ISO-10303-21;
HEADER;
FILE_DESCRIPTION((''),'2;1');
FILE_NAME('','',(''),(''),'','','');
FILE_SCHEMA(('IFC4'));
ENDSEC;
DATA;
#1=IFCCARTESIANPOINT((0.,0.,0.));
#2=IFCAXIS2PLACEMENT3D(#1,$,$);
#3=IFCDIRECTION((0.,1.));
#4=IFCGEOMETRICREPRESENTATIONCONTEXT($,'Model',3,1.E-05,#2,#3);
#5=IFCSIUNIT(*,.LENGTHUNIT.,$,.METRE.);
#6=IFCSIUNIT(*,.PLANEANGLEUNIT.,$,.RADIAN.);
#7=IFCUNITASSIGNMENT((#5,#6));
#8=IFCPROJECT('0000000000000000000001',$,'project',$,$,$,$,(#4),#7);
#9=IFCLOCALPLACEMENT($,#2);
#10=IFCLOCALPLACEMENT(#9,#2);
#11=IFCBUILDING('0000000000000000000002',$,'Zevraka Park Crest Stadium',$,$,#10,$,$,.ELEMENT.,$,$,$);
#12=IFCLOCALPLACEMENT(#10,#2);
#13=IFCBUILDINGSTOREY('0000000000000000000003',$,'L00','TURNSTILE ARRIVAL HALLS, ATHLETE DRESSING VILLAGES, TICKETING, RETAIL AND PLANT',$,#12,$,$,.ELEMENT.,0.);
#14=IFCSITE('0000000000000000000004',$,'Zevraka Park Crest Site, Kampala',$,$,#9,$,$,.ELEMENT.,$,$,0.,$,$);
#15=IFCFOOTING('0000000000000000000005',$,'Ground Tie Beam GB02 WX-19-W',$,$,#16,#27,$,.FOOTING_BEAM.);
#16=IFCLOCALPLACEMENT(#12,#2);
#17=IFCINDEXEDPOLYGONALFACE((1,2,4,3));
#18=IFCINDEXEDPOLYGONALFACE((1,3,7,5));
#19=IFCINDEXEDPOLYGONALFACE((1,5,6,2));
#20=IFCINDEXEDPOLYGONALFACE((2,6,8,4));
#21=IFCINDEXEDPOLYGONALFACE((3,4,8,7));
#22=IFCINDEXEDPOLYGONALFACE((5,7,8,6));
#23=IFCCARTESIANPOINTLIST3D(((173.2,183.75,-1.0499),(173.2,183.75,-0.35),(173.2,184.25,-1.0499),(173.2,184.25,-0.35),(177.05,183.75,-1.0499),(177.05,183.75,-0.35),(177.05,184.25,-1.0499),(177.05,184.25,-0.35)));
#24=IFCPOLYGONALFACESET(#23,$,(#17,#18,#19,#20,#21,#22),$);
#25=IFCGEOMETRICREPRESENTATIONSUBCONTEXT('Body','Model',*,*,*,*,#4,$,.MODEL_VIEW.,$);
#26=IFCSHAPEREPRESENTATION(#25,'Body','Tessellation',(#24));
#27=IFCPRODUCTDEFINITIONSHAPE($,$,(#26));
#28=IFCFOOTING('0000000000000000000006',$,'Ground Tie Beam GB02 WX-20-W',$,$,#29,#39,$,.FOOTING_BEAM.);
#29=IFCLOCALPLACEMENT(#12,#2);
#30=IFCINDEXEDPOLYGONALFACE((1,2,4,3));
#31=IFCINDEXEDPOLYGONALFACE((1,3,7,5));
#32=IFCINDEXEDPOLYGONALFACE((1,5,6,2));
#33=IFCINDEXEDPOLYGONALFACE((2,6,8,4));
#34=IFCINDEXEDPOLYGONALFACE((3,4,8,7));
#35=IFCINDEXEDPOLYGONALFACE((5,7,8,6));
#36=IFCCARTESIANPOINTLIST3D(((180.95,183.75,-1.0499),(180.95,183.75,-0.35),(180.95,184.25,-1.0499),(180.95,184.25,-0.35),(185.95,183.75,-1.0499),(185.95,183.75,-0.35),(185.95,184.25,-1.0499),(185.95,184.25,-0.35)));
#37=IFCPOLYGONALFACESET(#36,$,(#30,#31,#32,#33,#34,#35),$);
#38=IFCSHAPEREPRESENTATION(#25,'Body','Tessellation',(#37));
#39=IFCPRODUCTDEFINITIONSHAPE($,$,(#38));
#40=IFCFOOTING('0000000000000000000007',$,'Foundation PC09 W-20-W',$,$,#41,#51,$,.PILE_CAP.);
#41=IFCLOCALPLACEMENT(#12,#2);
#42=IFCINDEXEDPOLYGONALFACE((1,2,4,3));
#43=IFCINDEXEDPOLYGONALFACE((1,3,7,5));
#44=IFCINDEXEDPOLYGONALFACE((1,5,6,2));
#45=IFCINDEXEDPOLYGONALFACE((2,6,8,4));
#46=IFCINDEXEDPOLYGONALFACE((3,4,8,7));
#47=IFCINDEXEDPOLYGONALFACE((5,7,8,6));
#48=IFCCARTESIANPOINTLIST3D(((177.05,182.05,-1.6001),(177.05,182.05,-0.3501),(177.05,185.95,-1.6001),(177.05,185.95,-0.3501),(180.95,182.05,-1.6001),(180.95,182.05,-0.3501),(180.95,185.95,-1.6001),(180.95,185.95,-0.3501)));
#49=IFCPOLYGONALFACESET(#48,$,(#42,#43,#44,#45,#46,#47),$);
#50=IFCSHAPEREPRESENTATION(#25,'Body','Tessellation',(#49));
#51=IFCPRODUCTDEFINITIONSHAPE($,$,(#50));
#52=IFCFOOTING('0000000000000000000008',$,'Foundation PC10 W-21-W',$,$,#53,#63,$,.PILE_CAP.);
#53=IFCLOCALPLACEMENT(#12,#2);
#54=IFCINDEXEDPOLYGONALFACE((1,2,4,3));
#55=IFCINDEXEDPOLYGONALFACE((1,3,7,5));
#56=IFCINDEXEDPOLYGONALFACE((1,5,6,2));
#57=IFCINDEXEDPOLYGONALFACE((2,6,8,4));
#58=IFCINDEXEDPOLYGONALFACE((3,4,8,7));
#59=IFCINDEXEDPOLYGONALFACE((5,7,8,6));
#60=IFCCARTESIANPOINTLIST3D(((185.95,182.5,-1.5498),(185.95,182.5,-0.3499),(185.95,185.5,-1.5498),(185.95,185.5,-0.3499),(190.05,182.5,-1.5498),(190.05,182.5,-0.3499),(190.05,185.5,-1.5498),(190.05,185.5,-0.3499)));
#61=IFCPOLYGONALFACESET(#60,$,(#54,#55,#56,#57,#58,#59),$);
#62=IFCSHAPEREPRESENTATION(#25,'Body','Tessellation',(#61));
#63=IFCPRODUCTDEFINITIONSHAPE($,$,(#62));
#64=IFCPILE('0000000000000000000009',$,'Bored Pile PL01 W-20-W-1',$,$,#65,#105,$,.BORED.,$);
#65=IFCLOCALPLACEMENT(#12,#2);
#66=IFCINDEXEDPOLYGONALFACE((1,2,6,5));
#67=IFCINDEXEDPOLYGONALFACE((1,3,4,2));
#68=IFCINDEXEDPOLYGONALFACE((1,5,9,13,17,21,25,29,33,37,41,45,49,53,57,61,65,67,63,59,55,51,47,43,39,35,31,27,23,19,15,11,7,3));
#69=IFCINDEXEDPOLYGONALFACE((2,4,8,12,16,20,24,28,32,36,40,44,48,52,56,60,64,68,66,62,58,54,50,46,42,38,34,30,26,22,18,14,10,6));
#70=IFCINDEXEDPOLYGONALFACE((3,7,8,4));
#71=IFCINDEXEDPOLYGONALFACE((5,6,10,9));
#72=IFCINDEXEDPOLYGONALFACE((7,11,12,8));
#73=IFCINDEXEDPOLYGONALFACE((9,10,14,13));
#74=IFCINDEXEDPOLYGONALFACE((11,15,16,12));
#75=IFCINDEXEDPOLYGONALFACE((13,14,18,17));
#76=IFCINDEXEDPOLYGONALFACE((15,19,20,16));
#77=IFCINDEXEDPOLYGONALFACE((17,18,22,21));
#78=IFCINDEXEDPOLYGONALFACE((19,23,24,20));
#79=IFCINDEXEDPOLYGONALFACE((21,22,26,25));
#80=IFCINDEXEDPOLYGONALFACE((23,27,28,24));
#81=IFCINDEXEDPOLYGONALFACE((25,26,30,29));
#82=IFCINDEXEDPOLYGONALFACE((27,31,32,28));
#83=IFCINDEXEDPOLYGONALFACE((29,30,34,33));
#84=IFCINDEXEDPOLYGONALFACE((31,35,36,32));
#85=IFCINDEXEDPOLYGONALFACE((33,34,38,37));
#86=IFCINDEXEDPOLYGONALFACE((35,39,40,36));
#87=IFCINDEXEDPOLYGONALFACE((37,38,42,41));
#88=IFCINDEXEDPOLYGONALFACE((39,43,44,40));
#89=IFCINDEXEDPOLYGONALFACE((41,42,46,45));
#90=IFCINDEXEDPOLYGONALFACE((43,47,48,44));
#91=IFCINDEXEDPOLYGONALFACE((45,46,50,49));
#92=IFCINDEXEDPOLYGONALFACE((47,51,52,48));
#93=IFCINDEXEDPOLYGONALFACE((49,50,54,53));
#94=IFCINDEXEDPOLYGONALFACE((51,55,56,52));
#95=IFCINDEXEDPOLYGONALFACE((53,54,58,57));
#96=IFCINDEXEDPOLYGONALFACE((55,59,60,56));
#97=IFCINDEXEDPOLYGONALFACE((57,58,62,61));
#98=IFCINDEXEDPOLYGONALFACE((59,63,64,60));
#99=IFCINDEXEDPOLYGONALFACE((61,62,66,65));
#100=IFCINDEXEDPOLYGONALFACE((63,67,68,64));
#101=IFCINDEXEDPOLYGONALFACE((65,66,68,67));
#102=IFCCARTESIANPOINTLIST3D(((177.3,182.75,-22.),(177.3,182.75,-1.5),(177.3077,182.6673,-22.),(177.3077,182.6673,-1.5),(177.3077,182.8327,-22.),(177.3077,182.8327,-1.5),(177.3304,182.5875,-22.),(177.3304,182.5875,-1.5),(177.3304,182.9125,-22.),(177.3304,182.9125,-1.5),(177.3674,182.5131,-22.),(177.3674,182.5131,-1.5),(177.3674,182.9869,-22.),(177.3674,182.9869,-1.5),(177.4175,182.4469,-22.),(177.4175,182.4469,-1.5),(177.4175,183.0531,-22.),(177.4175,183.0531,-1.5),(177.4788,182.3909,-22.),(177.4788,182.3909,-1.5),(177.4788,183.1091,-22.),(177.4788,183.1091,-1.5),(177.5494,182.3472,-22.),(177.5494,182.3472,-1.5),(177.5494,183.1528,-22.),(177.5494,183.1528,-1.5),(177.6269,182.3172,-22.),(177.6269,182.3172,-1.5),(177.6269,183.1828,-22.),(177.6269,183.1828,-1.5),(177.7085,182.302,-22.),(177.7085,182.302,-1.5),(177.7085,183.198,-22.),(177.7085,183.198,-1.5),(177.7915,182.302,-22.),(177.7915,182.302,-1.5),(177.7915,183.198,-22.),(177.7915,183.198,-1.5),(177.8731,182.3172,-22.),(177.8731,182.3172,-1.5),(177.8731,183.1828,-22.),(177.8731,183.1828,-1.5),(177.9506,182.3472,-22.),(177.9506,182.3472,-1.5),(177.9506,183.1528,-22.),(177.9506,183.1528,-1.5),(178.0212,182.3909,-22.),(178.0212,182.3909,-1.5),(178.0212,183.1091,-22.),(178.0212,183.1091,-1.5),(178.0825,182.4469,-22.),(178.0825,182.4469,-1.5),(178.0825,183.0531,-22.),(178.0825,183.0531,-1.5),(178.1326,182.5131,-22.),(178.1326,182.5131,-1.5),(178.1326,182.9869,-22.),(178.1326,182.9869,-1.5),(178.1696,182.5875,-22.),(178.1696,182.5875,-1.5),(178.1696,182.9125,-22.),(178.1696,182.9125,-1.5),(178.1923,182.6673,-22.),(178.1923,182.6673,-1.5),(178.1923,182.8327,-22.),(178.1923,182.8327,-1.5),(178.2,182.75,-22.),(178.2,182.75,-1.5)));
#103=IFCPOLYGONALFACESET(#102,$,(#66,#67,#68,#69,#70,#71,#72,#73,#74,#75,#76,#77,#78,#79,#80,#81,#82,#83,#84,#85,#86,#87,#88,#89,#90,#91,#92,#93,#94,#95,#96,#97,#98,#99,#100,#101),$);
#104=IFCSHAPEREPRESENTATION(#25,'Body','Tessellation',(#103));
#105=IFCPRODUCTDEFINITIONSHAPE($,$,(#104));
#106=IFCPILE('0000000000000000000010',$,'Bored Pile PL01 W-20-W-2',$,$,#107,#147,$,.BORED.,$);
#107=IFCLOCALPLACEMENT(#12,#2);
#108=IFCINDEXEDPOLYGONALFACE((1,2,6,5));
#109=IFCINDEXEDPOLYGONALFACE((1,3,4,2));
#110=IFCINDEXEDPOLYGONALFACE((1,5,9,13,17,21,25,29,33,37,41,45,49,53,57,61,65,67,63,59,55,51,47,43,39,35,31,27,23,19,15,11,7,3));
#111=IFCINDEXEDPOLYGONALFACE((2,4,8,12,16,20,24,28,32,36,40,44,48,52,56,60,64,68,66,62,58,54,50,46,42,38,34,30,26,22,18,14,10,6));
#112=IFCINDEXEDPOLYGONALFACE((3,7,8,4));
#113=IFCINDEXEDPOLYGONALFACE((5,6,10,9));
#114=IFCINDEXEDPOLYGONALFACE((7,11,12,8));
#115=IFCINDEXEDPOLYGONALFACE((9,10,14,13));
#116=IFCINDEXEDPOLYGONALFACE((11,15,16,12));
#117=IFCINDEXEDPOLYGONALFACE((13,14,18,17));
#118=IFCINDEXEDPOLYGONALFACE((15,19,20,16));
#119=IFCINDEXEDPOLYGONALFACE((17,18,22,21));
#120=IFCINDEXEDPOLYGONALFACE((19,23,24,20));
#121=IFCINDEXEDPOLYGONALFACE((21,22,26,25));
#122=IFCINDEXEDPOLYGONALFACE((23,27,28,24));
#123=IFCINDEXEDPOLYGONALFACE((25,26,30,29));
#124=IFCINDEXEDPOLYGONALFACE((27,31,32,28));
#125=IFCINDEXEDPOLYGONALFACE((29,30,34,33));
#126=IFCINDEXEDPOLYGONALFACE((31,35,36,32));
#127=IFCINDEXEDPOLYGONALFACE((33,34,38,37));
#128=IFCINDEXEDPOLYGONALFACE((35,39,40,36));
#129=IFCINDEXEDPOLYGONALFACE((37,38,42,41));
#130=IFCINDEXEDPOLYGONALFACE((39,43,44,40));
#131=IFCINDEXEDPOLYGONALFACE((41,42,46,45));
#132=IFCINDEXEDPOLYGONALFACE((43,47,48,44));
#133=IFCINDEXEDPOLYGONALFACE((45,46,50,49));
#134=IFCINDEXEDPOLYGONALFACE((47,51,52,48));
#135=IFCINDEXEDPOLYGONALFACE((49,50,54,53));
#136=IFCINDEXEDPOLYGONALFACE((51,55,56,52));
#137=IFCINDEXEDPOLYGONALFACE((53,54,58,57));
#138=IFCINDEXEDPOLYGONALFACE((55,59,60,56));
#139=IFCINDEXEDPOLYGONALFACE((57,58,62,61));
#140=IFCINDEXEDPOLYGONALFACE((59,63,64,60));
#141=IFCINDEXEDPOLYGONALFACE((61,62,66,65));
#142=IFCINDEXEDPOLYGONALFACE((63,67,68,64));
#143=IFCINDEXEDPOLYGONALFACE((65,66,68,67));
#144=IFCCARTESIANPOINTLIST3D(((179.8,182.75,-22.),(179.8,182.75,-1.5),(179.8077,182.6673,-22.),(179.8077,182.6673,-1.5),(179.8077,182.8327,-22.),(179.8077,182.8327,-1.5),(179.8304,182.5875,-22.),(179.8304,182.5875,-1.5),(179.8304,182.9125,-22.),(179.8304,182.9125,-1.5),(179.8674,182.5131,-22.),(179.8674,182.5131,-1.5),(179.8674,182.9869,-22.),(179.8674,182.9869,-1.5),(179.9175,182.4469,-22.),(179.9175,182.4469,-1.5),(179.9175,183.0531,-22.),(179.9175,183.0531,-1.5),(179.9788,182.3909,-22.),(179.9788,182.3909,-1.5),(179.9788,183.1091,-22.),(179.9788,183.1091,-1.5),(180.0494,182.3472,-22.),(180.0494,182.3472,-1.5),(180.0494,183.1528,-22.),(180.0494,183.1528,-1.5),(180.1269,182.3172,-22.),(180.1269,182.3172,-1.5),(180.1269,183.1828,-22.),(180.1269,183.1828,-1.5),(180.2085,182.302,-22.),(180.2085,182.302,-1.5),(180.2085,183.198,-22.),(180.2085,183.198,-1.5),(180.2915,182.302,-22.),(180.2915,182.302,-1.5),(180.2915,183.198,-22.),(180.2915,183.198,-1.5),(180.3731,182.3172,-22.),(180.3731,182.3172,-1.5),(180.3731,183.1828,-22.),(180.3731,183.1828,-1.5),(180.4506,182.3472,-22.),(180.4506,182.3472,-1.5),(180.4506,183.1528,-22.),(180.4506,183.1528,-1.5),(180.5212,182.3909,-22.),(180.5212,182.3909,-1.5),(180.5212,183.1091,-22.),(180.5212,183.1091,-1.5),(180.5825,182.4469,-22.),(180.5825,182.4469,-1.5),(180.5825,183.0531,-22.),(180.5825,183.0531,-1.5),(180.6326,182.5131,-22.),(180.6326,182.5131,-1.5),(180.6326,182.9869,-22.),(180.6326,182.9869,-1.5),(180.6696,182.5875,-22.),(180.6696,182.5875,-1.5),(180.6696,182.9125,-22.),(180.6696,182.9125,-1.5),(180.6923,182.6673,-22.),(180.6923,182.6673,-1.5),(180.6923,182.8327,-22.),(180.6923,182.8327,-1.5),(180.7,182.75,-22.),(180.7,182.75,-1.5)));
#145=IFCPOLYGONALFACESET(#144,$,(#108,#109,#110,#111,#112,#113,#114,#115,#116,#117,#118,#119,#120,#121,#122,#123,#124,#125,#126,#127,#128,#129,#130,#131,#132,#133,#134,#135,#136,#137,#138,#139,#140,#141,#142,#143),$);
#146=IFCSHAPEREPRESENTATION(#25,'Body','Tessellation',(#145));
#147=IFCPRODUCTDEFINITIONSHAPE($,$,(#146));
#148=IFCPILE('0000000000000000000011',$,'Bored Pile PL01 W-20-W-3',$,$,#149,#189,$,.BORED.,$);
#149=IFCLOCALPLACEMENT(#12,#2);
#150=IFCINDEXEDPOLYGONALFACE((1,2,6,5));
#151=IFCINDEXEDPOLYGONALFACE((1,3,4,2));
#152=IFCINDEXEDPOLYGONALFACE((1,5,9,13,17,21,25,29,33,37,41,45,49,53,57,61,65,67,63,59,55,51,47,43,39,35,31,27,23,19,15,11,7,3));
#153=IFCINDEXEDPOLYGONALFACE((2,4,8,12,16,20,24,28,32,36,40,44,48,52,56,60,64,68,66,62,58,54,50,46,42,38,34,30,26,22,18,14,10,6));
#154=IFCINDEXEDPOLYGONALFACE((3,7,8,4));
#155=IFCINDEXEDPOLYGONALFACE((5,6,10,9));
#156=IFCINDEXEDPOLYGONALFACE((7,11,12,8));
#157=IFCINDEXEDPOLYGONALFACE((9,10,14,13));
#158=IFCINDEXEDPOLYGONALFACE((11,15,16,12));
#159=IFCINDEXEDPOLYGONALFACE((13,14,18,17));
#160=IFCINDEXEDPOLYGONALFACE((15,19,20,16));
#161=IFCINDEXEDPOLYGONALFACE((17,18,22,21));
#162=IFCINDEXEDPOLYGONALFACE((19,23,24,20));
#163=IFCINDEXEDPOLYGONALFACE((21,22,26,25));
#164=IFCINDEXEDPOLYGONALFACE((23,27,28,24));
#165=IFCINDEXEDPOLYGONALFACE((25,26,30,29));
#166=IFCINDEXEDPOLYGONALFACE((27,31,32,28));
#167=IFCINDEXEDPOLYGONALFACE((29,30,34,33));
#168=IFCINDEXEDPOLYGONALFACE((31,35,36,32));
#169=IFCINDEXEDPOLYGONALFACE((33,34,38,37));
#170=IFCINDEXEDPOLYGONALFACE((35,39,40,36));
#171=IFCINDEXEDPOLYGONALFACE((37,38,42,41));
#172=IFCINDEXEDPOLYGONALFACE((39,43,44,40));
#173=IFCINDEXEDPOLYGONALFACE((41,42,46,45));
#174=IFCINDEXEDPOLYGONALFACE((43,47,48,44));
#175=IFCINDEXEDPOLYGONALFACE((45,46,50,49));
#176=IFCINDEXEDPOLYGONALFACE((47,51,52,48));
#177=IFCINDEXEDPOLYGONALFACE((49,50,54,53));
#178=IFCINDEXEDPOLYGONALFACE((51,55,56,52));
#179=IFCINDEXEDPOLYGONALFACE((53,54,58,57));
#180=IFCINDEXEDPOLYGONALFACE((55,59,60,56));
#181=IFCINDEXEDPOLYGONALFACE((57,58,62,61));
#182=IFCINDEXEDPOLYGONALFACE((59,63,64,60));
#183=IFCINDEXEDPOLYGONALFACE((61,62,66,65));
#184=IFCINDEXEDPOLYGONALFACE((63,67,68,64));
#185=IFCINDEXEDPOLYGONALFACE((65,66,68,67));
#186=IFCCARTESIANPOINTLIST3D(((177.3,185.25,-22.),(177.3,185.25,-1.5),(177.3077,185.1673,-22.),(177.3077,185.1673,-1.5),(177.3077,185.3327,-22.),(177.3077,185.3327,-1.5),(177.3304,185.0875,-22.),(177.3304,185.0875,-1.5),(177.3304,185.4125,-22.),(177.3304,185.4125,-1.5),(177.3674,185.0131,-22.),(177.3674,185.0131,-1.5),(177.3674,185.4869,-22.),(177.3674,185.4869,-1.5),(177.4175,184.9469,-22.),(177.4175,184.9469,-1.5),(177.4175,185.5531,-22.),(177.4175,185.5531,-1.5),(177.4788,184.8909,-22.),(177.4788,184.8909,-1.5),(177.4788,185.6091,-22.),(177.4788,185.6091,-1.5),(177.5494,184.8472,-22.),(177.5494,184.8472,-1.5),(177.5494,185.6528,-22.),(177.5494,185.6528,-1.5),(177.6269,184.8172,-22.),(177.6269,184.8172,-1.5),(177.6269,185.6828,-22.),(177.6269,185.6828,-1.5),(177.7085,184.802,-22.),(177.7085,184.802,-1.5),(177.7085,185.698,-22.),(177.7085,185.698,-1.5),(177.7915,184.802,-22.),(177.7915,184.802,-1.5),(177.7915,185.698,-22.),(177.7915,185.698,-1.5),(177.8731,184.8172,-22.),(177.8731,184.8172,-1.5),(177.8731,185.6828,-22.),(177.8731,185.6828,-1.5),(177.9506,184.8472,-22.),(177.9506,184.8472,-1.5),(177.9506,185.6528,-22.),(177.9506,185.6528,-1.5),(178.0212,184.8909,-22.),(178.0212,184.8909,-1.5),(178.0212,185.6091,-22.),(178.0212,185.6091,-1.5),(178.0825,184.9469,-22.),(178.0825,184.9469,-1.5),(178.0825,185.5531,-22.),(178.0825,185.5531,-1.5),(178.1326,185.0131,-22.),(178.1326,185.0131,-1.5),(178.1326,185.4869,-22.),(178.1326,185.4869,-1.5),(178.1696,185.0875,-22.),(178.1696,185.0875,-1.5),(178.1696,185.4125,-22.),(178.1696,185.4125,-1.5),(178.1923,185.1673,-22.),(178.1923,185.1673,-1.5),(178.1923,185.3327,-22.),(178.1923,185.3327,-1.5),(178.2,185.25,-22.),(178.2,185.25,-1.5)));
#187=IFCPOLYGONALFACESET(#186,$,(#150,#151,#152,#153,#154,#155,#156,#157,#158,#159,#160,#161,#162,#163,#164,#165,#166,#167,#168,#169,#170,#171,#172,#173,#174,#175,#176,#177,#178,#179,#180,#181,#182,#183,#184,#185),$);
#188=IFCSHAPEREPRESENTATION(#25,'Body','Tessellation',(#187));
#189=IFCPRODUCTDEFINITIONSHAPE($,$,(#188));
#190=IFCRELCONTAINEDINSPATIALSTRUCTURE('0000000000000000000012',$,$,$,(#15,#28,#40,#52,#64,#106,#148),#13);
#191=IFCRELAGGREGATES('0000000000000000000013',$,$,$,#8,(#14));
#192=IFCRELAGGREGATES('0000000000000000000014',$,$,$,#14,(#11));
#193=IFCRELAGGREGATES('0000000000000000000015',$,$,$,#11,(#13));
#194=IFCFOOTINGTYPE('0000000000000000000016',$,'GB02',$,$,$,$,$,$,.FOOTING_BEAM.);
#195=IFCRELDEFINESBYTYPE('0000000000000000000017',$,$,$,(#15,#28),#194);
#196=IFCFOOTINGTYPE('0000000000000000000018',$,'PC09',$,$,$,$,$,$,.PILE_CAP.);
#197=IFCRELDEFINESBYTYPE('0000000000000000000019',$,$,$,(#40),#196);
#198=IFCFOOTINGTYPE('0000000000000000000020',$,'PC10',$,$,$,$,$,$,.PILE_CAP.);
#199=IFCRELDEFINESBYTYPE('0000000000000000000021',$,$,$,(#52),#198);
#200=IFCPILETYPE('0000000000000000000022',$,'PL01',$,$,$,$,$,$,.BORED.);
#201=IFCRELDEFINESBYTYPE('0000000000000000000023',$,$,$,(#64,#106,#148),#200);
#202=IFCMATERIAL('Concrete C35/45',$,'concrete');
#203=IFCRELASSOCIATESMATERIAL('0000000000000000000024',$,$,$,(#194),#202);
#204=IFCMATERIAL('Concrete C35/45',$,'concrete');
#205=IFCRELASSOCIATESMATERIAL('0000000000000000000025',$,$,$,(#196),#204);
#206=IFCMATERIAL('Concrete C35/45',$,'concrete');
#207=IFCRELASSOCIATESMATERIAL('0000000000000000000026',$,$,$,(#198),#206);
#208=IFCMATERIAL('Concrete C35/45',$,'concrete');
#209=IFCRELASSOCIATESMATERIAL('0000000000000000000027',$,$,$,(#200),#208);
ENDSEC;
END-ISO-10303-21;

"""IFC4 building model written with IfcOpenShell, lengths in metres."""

from ifc_helpers import new_model, si_unit, direction, frame, origin, origin_2d, place, context, subcontext, project, spatial, rectangle, circle, extrude, material, material_profile, profile_set, type_object, element, save


model = new_model("IFC4")

# Units and contexts
model_context = context("Model", 3, precision=1e-05, world=origin(), true_north=direction((0.0, 1.0)))
body_context = subcontext(model_context, "Body", "Model", "MODEL_VIEW")
ifc_project = project(units=[si_unit("LENGTHUNIT", "METRE"), si_unit("PLANEANGLEUNIT", "RADIAN")], contexts=[model_context])

# Site, building, storey
site_placement = place(None, origin())
site = spatial("IfcSite", under=ifc_project, at=site_placement, Name="Zevraka Park Crest Site, Kampala", CompositionType="ELEMENT", RefElevation=0.0)
building_placement = place(site_placement, origin())
building = spatial("IfcBuilding", under=site, at=building_placement, Name="Zevraka Park Crest Stadium", CompositionType="ELEMENT")
storey_placement = place(building_placement, origin())
storey = spatial("IfcBuildingStorey", under=building, at=storey_placement, Name="L00", Description="TURNSTILE ARRIVAL HALLS, ATHLETE DRESSING VILLAGES, TICKETING, RETAIL AND PLANT", CompositionType="ELEMENT", Elevation=0.0)

# Footings
ifc_material_1 = material(Name="Concrete C35/45", Category="concrete")
ifc_material_profile_1 = material_profile(ifc_material_1, rectangle(XDim=0.5, YDim=0.7, at=origin_2d()), Name="GB 700x500")
ifc_profile_set_1 = profile_set([ifc_material_profile_1], Name="Concrete C35/45")
footing_type_1 = type_object("IfcFootingType", Name="GB02", PredefinedType="FOOTING_BEAM", material=ifc_profile_set_1)
footing_1_placement = place(storey_placement, frame((173.2, 184.0, -0.7), z_axis=(1.0, 0.0, 0.0), x_axis=(0.0, 1.0, 0.0)))
element("IfcFooting", 1, at=footing_1_placement, inside=storey, type_object=footing_type_1, Name="Ground Tie Beam GB02 WX-19-W", PredefinedType="FOOTING_BEAM", context=body_context, shape_type="SweptSolid", body=[
    extrude(rectangle(XDim=0.5, YDim=0.7, at=origin_2d()), origin(), (0.0, 0.0, 1.0), 3.8501),
])
footing_2_placement = place(storey_placement, frame((180.95, 184.0, -0.7), z_axis=(1.0, 0.0, 0.0), x_axis=(0.0, 1.0, 0.0)))
element("IfcFooting", 2, at=footing_2_placement, inside=storey, type_object=footing_type_1, Name="Ground Tie Beam GB02 WX-20-W", PredefinedType="FOOTING_BEAM", context=body_context, shape_type="SweptSolid", body=[
    extrude(rectangle(XDim=0.5, YDim=0.7, at=origin_2d()), origin(), (0.0, 0.0, 1.0), 5.0),
])
ifc_material_2 = material(Name="Concrete C35/45", Category="concrete")
footing_type_2 = type_object("IfcFootingType", Name="PC09", PredefinedType="PILE_CAP", material=ifc_material_2)
footing_3_placement = place(storey_placement, frame((179.0, 184.0, -1.6001), z_axis=(0.0, 0.0, 1.0), x_axis=(1.0, 0.0, 0.0)))
element("IfcFooting", 3, at=footing_3_placement, inside=storey, type_object=footing_type_2, Name="Foundation PC09 W-20-W", PredefinedType="PILE_CAP", context=body_context, shape_type="SweptSolid", body=[
    extrude(rectangle(XDim=3.8999, YDim=3.8999, at=origin_2d()), origin(), (0.0, 0.0, 1.0), 1.25),
])
ifc_material_3 = material(Name="Concrete C35/45", Category="concrete")
footing_type_3 = type_object("IfcFootingType", Name="PC10", PredefinedType="PILE_CAP", material=ifc_material_3)
footing_4_placement = place(storey_placement, frame((188.0, 184.0, -1.5498), z_axis=(0.0, 0.0, 1.0), x_axis=(1.0, 0.0, 0.0)))
element("IfcFooting", 4, at=footing_4_placement, inside=storey, type_object=footing_type_3, Name="Foundation PC10 W-21-W", PredefinedType="PILE_CAP", context=body_context, shape_type="SweptSolid", body=[
    extrude(rectangle(XDim=4.1001, YDim=3.0, at=origin_2d()), origin(), (0.0, 0.0, 1.0), 1.2),
])

# Piles
ifc_material_4 = material(Name="Concrete C35/45", Category="concrete")
ifc_material_profile_2 = material_profile(ifc_material_4, circle(Radius=0.45, at=origin_2d()), Name="PILE D900")
ifc_profile_set_2 = profile_set([ifc_material_profile_2], Name="Concrete C35/45")
pile_type_1 = type_object("IfcPileType", Name="PL01", PredefinedType="BORED", material=ifc_profile_set_2)
for number, where, z_axis, x_axis, name in (
    (5, (177.75, 182.75, -1.5), (0.0, 0.0, -1.0), (1.0, 0.0, 0.0), "Bored Pile PL01 W-20-W-1"),
    (6, (180.25, 182.75, -1.5), (0.0, 0.0, -1.0), (1.0, 0.0, 0.0), "Bored Pile PL01 W-20-W-2"),
    (7, (177.75, 185.25, -1.5), (0.0, 0.0, -1.0), (1.0, 0.0, 0.0), "Bored Pile PL01 W-20-W-3"),
):
    element("IfcPile", number, at=place(storey_placement, frame(where, z_axis=z_axis, x_axis=x_axis)), inside=storey, type_object=pile_type_1, Name=name, PredefinedType="BORED", context=body_context, shape_type="SweptSolid", body=[
        extrude(circle(Radius=0.45, at=origin_2d()), origin(), (0.0, 0.0, 1.0), 20.5),
    ])

save(model, "model.ifc")
